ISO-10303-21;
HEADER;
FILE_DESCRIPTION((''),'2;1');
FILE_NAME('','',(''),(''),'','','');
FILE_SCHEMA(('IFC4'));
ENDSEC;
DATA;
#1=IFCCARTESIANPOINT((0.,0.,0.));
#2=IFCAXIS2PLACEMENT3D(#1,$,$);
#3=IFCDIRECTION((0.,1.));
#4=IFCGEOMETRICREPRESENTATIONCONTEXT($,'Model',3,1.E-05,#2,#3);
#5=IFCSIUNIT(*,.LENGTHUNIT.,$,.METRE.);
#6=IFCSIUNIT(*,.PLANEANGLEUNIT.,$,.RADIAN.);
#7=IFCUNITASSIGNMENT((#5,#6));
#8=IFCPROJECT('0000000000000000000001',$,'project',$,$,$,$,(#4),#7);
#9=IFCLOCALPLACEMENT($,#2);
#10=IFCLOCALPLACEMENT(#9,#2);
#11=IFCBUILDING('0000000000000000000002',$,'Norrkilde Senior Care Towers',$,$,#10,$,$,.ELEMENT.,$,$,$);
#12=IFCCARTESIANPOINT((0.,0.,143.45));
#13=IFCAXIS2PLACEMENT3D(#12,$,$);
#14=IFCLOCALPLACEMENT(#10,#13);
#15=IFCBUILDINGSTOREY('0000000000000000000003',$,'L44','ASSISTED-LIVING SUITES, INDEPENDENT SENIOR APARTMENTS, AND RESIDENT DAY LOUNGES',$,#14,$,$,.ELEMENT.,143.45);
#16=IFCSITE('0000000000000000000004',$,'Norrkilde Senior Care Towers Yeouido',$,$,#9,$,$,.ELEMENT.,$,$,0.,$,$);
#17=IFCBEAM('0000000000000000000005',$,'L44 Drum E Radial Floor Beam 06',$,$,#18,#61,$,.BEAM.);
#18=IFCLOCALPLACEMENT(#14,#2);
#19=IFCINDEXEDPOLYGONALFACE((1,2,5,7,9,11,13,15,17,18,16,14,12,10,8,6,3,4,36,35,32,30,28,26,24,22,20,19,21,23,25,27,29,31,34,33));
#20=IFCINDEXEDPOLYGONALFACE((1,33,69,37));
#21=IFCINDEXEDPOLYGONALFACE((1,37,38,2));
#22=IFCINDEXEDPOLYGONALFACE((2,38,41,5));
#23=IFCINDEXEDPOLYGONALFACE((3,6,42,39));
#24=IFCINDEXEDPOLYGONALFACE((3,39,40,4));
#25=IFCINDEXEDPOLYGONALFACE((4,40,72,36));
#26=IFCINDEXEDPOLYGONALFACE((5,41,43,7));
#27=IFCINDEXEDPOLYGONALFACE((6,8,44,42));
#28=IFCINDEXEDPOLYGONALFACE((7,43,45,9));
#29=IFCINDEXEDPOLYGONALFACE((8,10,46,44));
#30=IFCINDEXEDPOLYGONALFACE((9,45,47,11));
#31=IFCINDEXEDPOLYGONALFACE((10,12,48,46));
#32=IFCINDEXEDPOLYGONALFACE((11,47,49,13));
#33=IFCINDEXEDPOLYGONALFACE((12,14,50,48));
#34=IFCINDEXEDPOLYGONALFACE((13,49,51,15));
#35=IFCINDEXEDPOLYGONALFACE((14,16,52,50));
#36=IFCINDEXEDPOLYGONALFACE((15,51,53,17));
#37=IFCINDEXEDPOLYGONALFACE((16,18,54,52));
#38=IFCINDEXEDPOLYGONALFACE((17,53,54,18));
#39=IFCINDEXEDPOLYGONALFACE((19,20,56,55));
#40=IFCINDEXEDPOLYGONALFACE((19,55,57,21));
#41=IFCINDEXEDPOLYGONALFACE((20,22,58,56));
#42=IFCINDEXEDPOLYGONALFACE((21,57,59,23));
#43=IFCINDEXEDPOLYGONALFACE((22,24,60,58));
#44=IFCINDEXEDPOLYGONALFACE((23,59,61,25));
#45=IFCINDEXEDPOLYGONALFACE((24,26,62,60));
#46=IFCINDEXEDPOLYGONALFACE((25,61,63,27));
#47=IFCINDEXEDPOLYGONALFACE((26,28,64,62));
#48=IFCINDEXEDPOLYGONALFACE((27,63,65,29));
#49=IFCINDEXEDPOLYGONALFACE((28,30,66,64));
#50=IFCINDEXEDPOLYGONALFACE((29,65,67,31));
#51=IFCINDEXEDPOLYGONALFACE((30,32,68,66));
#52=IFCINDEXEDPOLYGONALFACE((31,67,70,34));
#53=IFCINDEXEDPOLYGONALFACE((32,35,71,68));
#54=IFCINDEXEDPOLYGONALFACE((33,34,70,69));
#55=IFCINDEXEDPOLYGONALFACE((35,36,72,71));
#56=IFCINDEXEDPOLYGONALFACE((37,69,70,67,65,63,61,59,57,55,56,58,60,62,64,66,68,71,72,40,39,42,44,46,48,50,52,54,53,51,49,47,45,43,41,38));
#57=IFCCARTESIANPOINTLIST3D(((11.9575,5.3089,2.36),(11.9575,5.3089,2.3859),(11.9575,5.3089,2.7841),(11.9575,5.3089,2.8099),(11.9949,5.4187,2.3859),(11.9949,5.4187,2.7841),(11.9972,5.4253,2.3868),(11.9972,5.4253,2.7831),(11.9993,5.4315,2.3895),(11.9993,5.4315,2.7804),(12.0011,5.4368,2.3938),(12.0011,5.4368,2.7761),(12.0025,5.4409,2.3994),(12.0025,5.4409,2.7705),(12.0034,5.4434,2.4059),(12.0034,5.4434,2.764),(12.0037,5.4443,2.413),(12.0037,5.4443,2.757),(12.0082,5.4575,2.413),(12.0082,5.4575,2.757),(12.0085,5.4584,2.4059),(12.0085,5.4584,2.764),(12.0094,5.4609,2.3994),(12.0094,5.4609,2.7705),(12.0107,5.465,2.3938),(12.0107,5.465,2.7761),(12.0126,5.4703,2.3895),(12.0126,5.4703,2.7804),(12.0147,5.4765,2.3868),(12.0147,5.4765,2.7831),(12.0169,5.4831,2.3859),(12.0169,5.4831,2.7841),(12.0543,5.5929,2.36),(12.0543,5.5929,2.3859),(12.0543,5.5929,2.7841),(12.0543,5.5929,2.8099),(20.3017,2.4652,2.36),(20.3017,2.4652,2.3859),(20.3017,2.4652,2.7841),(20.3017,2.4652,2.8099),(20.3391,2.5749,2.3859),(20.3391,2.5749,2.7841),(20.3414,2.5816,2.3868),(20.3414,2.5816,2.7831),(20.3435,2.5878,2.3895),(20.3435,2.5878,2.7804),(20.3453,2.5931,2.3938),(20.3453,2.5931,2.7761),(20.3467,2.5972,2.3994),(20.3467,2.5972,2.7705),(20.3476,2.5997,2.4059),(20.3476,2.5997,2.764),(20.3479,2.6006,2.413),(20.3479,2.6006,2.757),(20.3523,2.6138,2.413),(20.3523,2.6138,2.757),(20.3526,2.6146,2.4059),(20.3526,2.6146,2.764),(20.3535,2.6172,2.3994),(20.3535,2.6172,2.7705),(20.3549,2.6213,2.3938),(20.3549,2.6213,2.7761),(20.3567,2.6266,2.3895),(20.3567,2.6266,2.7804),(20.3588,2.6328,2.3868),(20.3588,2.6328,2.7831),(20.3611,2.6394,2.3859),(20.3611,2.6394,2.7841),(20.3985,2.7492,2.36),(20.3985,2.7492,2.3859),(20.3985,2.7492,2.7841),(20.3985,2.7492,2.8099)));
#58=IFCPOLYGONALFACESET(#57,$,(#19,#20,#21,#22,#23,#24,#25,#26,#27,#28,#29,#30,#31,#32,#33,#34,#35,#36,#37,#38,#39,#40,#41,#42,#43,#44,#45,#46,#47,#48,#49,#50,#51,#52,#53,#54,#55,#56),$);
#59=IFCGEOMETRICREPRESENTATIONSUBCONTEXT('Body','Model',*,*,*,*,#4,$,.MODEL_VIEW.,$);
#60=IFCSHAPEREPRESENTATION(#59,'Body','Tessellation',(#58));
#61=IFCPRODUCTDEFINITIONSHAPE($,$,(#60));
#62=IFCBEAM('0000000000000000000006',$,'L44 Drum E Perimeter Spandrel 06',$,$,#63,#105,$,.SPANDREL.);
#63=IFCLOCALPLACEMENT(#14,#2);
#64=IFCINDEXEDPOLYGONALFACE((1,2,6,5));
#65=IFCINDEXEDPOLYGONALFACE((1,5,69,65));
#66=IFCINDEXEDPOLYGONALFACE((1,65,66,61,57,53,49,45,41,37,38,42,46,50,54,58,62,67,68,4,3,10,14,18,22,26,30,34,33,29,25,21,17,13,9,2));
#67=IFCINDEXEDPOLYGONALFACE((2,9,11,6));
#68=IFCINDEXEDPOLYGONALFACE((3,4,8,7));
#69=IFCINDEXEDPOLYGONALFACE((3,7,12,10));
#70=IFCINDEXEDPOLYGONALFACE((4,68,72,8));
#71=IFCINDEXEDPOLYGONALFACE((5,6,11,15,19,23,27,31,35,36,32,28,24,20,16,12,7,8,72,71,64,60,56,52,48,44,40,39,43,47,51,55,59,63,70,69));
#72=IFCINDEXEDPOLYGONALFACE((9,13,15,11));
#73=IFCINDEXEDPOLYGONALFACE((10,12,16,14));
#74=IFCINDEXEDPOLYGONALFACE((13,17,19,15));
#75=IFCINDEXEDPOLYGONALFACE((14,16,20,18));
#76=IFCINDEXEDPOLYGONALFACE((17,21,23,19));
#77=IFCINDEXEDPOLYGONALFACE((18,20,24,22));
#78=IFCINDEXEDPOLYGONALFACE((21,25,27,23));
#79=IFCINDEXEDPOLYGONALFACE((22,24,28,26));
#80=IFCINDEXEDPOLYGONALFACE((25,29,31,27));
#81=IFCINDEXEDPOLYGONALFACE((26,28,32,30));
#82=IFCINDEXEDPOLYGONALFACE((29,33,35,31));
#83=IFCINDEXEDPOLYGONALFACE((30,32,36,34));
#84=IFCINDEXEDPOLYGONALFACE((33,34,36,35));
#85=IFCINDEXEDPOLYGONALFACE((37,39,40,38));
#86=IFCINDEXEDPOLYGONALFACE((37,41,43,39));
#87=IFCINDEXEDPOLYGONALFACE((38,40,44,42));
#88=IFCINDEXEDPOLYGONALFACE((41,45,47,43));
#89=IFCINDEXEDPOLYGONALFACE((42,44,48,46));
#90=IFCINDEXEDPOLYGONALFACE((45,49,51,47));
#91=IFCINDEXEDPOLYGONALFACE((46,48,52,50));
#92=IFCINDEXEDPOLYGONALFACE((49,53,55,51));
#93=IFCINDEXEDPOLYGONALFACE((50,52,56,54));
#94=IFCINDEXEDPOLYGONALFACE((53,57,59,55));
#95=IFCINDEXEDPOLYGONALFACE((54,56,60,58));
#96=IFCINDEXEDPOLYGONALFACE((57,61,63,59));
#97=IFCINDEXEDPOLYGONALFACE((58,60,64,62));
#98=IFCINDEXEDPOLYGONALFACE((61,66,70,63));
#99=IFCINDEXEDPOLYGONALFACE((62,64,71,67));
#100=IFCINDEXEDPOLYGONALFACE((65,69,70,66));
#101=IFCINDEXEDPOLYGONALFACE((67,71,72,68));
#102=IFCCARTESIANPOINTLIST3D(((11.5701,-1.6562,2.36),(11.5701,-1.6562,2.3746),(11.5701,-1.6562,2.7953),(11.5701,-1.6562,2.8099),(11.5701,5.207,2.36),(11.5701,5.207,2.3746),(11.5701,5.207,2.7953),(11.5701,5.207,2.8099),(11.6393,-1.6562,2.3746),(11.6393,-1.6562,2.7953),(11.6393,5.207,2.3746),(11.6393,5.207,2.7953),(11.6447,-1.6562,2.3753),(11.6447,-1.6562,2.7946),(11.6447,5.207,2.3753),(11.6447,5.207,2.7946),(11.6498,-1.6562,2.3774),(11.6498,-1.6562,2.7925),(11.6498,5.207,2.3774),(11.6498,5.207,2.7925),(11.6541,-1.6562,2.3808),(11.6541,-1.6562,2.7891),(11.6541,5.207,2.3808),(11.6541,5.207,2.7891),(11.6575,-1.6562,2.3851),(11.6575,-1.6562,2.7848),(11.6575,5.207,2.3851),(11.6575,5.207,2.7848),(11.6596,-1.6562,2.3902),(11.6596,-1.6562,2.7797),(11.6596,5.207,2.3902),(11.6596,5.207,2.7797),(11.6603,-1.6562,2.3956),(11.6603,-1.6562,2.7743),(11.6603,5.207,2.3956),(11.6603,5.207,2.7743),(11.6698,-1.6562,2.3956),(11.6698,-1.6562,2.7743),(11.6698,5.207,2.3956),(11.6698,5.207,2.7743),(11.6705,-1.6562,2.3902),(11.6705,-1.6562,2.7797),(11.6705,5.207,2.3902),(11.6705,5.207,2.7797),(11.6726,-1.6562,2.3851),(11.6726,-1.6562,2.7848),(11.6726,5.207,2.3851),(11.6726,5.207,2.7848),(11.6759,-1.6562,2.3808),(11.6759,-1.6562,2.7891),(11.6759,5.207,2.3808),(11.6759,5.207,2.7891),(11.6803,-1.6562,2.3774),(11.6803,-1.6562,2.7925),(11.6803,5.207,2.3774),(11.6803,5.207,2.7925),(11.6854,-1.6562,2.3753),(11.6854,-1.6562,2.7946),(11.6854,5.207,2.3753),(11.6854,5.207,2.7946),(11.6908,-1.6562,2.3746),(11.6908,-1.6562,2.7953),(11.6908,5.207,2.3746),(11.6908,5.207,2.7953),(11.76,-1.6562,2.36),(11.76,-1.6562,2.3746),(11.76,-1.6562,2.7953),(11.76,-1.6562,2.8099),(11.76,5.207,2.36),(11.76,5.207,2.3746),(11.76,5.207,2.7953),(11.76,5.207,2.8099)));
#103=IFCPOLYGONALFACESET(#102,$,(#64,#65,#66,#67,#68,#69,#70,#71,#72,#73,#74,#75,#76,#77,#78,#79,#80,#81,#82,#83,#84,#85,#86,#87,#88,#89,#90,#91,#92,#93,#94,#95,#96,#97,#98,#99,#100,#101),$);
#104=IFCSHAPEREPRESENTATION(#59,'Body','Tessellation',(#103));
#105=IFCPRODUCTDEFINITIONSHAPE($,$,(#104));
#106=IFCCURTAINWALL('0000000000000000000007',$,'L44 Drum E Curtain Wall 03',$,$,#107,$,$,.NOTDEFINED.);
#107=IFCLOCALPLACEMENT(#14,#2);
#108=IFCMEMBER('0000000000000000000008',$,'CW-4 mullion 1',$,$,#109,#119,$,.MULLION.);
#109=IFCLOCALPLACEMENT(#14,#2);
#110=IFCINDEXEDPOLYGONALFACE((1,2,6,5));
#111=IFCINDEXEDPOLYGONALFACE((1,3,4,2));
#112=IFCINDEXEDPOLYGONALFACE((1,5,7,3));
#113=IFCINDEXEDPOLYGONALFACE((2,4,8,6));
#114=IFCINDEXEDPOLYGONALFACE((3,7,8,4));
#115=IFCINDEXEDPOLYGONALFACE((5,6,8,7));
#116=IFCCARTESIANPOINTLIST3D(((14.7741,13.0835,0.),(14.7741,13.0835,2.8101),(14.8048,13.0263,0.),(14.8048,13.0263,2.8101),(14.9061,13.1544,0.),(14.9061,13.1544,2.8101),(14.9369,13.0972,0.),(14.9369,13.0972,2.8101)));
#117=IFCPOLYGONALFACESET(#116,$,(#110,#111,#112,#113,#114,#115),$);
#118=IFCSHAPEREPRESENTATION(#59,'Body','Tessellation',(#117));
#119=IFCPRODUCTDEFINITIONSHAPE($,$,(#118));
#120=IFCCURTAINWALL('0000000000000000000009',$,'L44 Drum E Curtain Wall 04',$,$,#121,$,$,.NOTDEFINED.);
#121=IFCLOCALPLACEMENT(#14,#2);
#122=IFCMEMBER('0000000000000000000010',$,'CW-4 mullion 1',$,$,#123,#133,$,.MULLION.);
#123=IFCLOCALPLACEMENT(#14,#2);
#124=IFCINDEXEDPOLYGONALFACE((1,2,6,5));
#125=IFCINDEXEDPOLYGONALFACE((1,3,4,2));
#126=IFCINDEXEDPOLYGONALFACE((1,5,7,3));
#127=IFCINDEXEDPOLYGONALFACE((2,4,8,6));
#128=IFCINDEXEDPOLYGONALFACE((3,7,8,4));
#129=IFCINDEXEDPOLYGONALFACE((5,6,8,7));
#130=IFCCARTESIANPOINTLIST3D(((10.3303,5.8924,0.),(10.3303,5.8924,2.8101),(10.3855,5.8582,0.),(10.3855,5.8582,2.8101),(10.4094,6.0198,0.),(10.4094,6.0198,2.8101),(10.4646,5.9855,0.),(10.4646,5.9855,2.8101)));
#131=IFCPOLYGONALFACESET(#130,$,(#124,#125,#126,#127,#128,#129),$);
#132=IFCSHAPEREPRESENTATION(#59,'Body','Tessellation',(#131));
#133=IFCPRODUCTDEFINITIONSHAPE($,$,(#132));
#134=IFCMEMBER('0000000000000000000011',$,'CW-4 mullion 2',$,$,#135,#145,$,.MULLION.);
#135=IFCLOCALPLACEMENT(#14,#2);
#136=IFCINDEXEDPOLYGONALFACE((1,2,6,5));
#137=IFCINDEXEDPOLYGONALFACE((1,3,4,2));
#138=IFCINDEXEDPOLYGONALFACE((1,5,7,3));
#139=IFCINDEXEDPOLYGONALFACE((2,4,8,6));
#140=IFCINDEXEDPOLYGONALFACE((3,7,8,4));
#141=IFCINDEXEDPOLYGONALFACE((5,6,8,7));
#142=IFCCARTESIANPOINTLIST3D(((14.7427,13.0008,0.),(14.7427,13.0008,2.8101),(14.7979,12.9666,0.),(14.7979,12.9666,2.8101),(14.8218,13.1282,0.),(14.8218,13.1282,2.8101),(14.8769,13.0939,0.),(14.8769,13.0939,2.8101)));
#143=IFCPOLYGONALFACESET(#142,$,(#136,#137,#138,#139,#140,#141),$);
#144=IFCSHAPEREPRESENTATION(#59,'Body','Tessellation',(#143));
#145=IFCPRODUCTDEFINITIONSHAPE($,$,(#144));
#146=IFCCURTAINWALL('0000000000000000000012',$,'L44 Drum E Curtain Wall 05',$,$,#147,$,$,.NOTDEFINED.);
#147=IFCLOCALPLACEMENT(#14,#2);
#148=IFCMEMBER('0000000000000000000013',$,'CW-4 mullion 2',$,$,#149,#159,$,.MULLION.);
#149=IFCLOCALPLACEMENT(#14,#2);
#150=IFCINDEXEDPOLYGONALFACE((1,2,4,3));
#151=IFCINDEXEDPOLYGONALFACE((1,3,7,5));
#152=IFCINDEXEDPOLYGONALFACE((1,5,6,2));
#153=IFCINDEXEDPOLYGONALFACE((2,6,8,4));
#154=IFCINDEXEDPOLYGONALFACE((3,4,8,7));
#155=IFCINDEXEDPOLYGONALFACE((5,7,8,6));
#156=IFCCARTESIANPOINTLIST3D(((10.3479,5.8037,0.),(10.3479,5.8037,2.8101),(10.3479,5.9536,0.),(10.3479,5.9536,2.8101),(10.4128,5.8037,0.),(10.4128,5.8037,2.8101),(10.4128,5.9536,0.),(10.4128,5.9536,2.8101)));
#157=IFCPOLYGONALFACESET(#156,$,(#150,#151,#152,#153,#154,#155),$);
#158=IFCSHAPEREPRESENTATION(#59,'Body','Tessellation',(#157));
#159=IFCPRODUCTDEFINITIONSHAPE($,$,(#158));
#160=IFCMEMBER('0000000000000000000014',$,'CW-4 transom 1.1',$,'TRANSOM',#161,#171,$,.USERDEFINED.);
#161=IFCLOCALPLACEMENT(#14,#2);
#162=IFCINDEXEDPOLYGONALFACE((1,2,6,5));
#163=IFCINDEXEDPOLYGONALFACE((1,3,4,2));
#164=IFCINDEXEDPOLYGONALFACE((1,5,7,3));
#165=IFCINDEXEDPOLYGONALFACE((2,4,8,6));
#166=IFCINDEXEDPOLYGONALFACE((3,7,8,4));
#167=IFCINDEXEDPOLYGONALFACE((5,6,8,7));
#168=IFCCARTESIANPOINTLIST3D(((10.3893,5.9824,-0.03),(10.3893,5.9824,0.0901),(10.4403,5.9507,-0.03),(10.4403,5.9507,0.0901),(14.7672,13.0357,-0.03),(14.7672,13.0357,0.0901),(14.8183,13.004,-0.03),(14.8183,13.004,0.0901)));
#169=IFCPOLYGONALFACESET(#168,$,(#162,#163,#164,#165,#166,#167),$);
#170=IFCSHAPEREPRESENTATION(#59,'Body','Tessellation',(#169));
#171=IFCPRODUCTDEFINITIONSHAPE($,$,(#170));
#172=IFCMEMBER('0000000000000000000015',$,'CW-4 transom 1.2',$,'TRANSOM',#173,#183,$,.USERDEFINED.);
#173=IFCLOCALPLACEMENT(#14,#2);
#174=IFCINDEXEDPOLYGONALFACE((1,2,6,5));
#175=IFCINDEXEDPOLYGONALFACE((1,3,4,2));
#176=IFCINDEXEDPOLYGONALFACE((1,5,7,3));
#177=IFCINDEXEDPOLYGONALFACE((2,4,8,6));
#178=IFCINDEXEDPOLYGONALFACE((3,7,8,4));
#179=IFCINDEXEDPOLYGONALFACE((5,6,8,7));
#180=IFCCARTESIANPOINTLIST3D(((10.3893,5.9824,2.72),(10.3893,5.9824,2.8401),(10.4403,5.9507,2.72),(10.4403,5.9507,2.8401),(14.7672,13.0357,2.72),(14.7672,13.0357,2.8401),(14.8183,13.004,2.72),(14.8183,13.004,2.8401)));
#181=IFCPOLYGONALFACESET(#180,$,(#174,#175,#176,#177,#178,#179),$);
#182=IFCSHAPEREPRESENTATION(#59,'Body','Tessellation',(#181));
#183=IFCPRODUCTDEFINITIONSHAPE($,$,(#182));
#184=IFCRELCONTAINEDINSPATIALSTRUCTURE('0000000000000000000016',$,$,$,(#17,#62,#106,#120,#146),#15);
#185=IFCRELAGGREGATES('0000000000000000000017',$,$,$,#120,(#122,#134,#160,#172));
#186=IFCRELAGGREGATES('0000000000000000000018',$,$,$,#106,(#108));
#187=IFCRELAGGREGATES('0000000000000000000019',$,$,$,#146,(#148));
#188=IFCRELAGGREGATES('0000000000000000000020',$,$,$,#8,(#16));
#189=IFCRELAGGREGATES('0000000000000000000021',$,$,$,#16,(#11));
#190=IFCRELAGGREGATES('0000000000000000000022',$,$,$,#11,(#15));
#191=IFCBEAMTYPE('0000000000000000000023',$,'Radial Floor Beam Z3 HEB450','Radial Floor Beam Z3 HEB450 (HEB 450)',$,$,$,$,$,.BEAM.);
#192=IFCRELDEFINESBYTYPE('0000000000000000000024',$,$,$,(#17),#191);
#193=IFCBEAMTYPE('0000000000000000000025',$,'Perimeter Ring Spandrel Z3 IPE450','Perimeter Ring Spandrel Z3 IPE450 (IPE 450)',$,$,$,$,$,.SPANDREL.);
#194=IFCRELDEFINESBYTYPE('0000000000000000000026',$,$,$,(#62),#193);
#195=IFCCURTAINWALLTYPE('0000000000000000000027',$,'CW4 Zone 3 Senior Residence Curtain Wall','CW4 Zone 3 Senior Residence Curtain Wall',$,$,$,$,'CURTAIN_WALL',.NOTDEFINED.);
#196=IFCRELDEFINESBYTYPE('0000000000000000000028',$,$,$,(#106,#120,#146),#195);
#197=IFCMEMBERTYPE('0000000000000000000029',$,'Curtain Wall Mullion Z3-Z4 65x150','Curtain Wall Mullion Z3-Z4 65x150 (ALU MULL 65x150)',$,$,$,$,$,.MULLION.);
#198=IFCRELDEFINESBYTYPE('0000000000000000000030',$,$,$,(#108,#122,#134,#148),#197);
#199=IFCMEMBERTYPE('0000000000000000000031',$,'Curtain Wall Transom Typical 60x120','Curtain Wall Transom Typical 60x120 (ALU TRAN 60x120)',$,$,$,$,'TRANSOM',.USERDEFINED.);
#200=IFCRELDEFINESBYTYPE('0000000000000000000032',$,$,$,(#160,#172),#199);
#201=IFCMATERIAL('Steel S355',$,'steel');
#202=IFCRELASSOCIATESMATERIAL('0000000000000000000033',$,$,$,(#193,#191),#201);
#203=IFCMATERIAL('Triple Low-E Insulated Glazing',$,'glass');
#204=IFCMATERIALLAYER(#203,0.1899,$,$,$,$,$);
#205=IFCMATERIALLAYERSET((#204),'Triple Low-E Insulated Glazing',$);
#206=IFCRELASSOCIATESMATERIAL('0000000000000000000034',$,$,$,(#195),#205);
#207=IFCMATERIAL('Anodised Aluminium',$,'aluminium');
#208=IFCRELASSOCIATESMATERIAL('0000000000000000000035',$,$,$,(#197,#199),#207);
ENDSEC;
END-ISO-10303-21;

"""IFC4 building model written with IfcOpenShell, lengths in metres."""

from ifc_helpers import new_model, si_unit, direction, frame, origin, origin_2d, place, context, subcontext, project, spatial, rectangle, i_section, extrude, source, transform, mapped, material, layer, layer_set, material_profile, profile_set, type_object, type_shapes, element, aggregate, save


model = new_model("IFC4")

# Units and contexts
model_context = context("Model", 3, precision=1e-05, world=origin(), true_north=direction((0.0, 1.0)))
body_context = subcontext(model_context, "Body", "Model", "MODEL_VIEW")
ifc_project = project(units=[si_unit("LENGTHUNIT", "METRE"), si_unit("PLANEANGLEUNIT", "RADIAN")], contexts=[model_context])

# Site, building, storey
site_placement = place(None, origin())
site = spatial("IfcSite", under=ifc_project, at=site_placement, Name="Norrkilde Senior Care Towers Yeouido", CompositionType="ELEMENT", RefElevation=0.0)
building_placement = place(site_placement, origin())
building = spatial("IfcBuilding", under=site, at=building_placement, Name="Norrkilde Senior Care Towers", CompositionType="ELEMENT")
storey_placement = place(building_placement, frame((0.0, 0.0, 143.45)))
storey = spatial("IfcBuildingStorey", under=building, at=storey_placement, Name="L44", Description="ASSISTED-LIVING SUITES, INDEPENDENT SENIOR APARTMENTS, AND RESIDENT DAY LOUNGES", CompositionType="ELEMENT", Elevation=143.45)

# Beams
ifc_material_1 = material(Name="Steel S355", Category="steel")
ifc_material_profile_1 = material_profile(ifc_material_1, i_section(OverallWidth=0.1899, OverallDepth=0.45, WebThickness=0.0095, FlangeThickness=0.0146, FilletRadius=0.021, at=origin_2d()), Name="IPE 450")
ifc_profile_set_1 = profile_set([ifc_material_profile_1], Name="Steel S355")
beam_type_1 = type_object("IfcBeamType", Name="Perimeter Ring Spandrel Z3 IPE450", Description="Perimeter Ring Spandrel Z3 IPE450 (IPE 450)", PredefinedType="SPANDREL", material=ifc_profile_set_1)
ifc_material_profile_2 = material_profile(ifc_material_1, i_section(OverallWidth=0.3, OverallDepth=0.45, WebThickness=0.0139, FlangeThickness=0.0259, FilletRadius=0.0271, at=origin_2d()), Name="HEB 450")
ifc_profile_set_2 = profile_set([ifc_material_profile_2], Name="Steel S355")
beam_type_2 = type_object("IfcBeamType", Name="Radial Floor Beam Z3 HEB450", Description="Radial Floor Beam Z3 HEB450 (HEB 450)", PredefinedType="BEAM", material=ifc_profile_set_2)
shared_shape_1 = source(origin(), body_context, "Body", "SweptSolid", [
    extrude(i_section(OverallWidth=0.3, OverallDepth=0.45, WebThickness=0.0139, FlangeThickness=0.0259, FilletRadius=0.0271, at=origin_2d()), origin(), (0.0, 0.0, 1.0), 8.8154),
])
type_shapes(beam_type_2, [shared_shape_1])
beam_1_placement = place(storey_placement, frame((20.3501, 2.6072, 2.585), z_axis=(-0.946541, 0.322585, 0.0), x_axis=(-0.322585, -0.946541, 0.0)))
element("IfcBeam", 1, at=beam_1_placement, inside=storey, type_object=beam_type_2, Name="L44 Drum E Radial Floor Beam 06", PredefinedType="BEAM", context=body_context, shape_type="MappedRepresentation", body=[
    mapped(shared_shape_1, transform((0.0, 0.0, 0.0), x_axis=(1.0, 0.0, 0.0), y_axis=(0.0, 1.0, 0.0), z_axis=(0.0, 0.0, 1.0), scale=1.0)),
])
shared_shape_2 = source(origin(), body_context, "Body", "SweptSolid", [
    extrude(i_section(OverallWidth=0.1899, OverallDepth=0.45, WebThickness=0.0095, FlangeThickness=0.0146, FilletRadius=0.021, at=origin_2d()), origin(), (0.0, 0.0, 1.0), 6.8633),
])
beam_2_placement = place(storey_placement, frame((11.665, 5.207, 2.585), z_axis=(0.0, -1.0, 0.0), x_axis=(1.0, 0.0, 0.0)))
element("IfcBeam", 2, at=beam_2_placement, inside=storey, type_object=beam_type_1, Name="L44 Drum E Perimeter Spandrel 06", PredefinedType="SPANDREL", context=body_context, shape_type="MappedRepresentation", body=[
    mapped(shared_shape_2, transform((0.0, 0.0, 0.0), x_axis=(1.0, 0.0, 0.0), y_axis=(0.0, 1.0, 0.0), z_axis=(0.0, 0.0, 1.0), scale=1.0)),
])

# Curtain wall, member
ifc_material_2 = material(Name="Triple Low-E Insulated Glazing", Category="glass")
ifc_layer_1 = layer(ifc_material_2, 0.1899)
ifc_layer_set_1 = layer_set([ifc_layer_1], Name="Triple Low-E Insulated Glazing")
curtain_wall_type = type_object("IfcCurtainWallType", Name="CW4 Zone 3 Senior Residence Curtain Wall", Description="CW4 Zone 3 Senior Residence Curtain Wall", ElementType="CURTAIN_WALL", PredefinedType="NOTDEFINED", material=ifc_layer_set_1)
curtain_wall_1_placement = place(storey_placement, origin())
curtain_wall_1 = element("IfcCurtainWall", 3, at=curtain_wall_1_placement, inside=storey, type_object=curtain_wall_type, Name="L44 Drum E Curtain Wall 03", PredefinedType="NOTDEFINED")
ifc_material_3 = material(Name="Anodised Aluminium", Category="aluminium")
ifc_material_profile_3 = material_profile(ifc_material_3, rectangle(XDim=0.0649, YDim=0.1499, at=origin_2d()), Name="ALU MULL 65x150")
ifc_profile_set_3 = profile_set([ifc_material_profile_3], Name="Anodised Aluminium")
member_type_1 = type_object("IfcMemberType", Name="Curtain Wall Mullion Z3-Z4 65x150", Description="Curtain Wall Mullion Z3-Z4 65x150 (ALU MULL 65x150)", PredefinedType="MULLION", material=ifc_profile_set_3)
shared_shape_3 = source(origin(), body_context, "Body", "SweptSolid", [
    extrude(rectangle(XDim=0.0649, YDim=0.1499, at=origin_2d()), origin(), (0.0, 0.0, 1.0), 2.8101),
])
type_shapes(member_type_1, [shared_shape_3])
member_1_placement = place(storey_placement, frame((14.8555, 13.0903, 0.0), z_axis=(0.0, 0.0, 1.0), x_axis=(-0.473117, 0.881, 0.0)))
member_1 = element("IfcMember", 4, at=member_1_placement, type_object=member_type_1, Name="CW-4 mullion 1", PredefinedType="MULLION", context=body_context, shape_type="MappedRepresentation", body=[
    mapped(shared_shape_3, transform((0.0, 0.0, 0.0), x_axis=(1.0, 0.0, 0.0), y_axis=(0.0, 1.0, 0.0), z_axis=(0.0, 0.0, 1.0), scale=1.0)),
])

# Curtain wall, members
curtain_wall_2_placement = place(storey_placement, origin())
curtain_wall_2 = element("IfcCurtainWall", 5, at=curtain_wall_2_placement, inside=storey, type_object=curtain_wall_type, Name="L44 Drum E Curtain Wall 04", PredefinedType="NOTDEFINED")
member_2_placement = place(storey_placement, frame((10.3975, 5.939, 0.0), z_axis=(0.0, 0.0, 1.0), x_axis=(-0.849634, 0.527373, 0.0)))
member_2 = element("IfcMember", 6, at=member_2_placement, type_object=member_type_1, Name="CW-4 mullion 1", PredefinedType="MULLION", context=body_context, shape_type="MappedRepresentation", body=[
    mapped(shared_shape_3, transform((0.0, 0.0, 0.0), x_axis=(1.0, 0.0, 0.0), y_axis=(0.0, 1.0, 0.0), z_axis=(0.0, 0.0, 1.0), scale=1.0)),
])
member_3_placement = place(storey_placement, frame((14.8098, 13.0474, 0.0), z_axis=(0.0, 0.0, 1.0), x_axis=(-0.849634, 0.527373, 0.0)))
member_3 = element("IfcMember", 7, at=member_3_placement, type_object=member_type_1, Name="CW-4 mullion 2", PredefinedType="MULLION", context=body_context, shape_type="MappedRepresentation", body=[
    mapped(shared_shape_3, transform((0.0, 0.0, 0.0), x_axis=(1.0, 0.0, 0.0), y_axis=(0.0, 1.0, 0.0), z_axis=(0.0, 0.0, 1.0), scale=1.0)),
])

# Curtain wall, member
curtain_wall_3_placement = place(storey_placement, origin())
curtain_wall_3 = element("IfcCurtainWall", 8, at=curtain_wall_3_placement, inside=storey, type_object=curtain_wall_type, Name="L44 Drum E Curtain Wall 05", PredefinedType="NOTDEFINED")
member_4_placement = place(storey_placement, frame((10.3804, 5.8787, 0.0), z_axis=(0.0, 0.0, 1.0), x_axis=(-1.0, 0.0, 0.0)))
member_4 = element("IfcMember", 9, at=member_4_placement, type_object=member_type_1, Name="CW-4 mullion 2", PredefinedType="MULLION", context=body_context, shape_type="MappedRepresentation", body=[
    mapped(shared_shape_3, transform((0.0, 0.0, 0.0), x_axis=(1.0, 0.0, 0.0), y_axis=(0.0, 1.0, 0.0), z_axis=(0.0, 0.0, 1.0), scale=1.0)),
])

# Members
ifc_material_profile_4 = material_profile(ifc_material_3, rectangle(XDim=0.0601, YDim=0.1201, at=origin_2d()), Name="ALU TRAN 60x120")
ifc_profile_set_4 = profile_set([ifc_material_profile_4], Name="Anodised Aluminium")
member_type_2 = type_object("IfcMemberType", Name="Curtain Wall Transom Typical 60x120", Description="Curtain Wall Transom Typical 60x120 (ALU TRAN 60x120)", ElementType="TRANSOM", PredefinedType="USERDEFINED", material=ifc_profile_set_4)
shared_shape_4 = source(origin(), body_context, "Body", "SweptSolid", [
    extrude(rectangle(XDim=0.0601, YDim=0.1201, at=origin_2d()), origin(), (0.0, 0.0, 1.0), 8.3015),
])
member_5_placement = place(storey_placement, frame((10.4148, 5.9666, 0.03), z_axis=(0.527369, 0.849637, 0.0), x_axis=(-0.849637, 0.527369, 0.0)))
member_5 = element("IfcMember", 10, at=member_5_placement, type_object=member_type_2, Name="CW-4 transom 1.1", ObjectType="TRANSOM", PredefinedType="USERDEFINED", context=body_context, shape_type="MappedRepresentation", body=[
    mapped(shared_shape_4, transform((0.0, 0.0, 0.0), x_axis=(1.0, 0.0, 0.0), y_axis=(0.0, 1.0, 0.0), z_axis=(0.0, 0.0, 1.0), scale=1.0)),
])
member_6_placement = place(storey_placement, frame((10.4148, 5.9666, 2.78), z_axis=(0.527369, 0.849637, 0.0), x_axis=(-0.849637, 0.527369, 0.0)))
member_6 = element("IfcMember", 11, at=member_6_placement, type_object=member_type_2, Name="CW-4 transom 1.2", ObjectType="TRANSOM", PredefinedType="USERDEFINED", context=body_context, shape_type="MappedRepresentation", body=[
    mapped(shared_shape_4, transform((0.0, 0.0, 0.0), x_axis=(1.0, 0.0, 0.0), y_axis=(0.0, 1.0, 0.0), z_axis=(0.0, 0.0, 1.0), scale=1.0)),
])

aggregate(curtain_wall_2, [member_2, member_3, member_5, member_6])
aggregate(curtain_wall_1, [member_1])
aggregate(curtain_wall_3, [member_4])

save(model, "model.ifc")
